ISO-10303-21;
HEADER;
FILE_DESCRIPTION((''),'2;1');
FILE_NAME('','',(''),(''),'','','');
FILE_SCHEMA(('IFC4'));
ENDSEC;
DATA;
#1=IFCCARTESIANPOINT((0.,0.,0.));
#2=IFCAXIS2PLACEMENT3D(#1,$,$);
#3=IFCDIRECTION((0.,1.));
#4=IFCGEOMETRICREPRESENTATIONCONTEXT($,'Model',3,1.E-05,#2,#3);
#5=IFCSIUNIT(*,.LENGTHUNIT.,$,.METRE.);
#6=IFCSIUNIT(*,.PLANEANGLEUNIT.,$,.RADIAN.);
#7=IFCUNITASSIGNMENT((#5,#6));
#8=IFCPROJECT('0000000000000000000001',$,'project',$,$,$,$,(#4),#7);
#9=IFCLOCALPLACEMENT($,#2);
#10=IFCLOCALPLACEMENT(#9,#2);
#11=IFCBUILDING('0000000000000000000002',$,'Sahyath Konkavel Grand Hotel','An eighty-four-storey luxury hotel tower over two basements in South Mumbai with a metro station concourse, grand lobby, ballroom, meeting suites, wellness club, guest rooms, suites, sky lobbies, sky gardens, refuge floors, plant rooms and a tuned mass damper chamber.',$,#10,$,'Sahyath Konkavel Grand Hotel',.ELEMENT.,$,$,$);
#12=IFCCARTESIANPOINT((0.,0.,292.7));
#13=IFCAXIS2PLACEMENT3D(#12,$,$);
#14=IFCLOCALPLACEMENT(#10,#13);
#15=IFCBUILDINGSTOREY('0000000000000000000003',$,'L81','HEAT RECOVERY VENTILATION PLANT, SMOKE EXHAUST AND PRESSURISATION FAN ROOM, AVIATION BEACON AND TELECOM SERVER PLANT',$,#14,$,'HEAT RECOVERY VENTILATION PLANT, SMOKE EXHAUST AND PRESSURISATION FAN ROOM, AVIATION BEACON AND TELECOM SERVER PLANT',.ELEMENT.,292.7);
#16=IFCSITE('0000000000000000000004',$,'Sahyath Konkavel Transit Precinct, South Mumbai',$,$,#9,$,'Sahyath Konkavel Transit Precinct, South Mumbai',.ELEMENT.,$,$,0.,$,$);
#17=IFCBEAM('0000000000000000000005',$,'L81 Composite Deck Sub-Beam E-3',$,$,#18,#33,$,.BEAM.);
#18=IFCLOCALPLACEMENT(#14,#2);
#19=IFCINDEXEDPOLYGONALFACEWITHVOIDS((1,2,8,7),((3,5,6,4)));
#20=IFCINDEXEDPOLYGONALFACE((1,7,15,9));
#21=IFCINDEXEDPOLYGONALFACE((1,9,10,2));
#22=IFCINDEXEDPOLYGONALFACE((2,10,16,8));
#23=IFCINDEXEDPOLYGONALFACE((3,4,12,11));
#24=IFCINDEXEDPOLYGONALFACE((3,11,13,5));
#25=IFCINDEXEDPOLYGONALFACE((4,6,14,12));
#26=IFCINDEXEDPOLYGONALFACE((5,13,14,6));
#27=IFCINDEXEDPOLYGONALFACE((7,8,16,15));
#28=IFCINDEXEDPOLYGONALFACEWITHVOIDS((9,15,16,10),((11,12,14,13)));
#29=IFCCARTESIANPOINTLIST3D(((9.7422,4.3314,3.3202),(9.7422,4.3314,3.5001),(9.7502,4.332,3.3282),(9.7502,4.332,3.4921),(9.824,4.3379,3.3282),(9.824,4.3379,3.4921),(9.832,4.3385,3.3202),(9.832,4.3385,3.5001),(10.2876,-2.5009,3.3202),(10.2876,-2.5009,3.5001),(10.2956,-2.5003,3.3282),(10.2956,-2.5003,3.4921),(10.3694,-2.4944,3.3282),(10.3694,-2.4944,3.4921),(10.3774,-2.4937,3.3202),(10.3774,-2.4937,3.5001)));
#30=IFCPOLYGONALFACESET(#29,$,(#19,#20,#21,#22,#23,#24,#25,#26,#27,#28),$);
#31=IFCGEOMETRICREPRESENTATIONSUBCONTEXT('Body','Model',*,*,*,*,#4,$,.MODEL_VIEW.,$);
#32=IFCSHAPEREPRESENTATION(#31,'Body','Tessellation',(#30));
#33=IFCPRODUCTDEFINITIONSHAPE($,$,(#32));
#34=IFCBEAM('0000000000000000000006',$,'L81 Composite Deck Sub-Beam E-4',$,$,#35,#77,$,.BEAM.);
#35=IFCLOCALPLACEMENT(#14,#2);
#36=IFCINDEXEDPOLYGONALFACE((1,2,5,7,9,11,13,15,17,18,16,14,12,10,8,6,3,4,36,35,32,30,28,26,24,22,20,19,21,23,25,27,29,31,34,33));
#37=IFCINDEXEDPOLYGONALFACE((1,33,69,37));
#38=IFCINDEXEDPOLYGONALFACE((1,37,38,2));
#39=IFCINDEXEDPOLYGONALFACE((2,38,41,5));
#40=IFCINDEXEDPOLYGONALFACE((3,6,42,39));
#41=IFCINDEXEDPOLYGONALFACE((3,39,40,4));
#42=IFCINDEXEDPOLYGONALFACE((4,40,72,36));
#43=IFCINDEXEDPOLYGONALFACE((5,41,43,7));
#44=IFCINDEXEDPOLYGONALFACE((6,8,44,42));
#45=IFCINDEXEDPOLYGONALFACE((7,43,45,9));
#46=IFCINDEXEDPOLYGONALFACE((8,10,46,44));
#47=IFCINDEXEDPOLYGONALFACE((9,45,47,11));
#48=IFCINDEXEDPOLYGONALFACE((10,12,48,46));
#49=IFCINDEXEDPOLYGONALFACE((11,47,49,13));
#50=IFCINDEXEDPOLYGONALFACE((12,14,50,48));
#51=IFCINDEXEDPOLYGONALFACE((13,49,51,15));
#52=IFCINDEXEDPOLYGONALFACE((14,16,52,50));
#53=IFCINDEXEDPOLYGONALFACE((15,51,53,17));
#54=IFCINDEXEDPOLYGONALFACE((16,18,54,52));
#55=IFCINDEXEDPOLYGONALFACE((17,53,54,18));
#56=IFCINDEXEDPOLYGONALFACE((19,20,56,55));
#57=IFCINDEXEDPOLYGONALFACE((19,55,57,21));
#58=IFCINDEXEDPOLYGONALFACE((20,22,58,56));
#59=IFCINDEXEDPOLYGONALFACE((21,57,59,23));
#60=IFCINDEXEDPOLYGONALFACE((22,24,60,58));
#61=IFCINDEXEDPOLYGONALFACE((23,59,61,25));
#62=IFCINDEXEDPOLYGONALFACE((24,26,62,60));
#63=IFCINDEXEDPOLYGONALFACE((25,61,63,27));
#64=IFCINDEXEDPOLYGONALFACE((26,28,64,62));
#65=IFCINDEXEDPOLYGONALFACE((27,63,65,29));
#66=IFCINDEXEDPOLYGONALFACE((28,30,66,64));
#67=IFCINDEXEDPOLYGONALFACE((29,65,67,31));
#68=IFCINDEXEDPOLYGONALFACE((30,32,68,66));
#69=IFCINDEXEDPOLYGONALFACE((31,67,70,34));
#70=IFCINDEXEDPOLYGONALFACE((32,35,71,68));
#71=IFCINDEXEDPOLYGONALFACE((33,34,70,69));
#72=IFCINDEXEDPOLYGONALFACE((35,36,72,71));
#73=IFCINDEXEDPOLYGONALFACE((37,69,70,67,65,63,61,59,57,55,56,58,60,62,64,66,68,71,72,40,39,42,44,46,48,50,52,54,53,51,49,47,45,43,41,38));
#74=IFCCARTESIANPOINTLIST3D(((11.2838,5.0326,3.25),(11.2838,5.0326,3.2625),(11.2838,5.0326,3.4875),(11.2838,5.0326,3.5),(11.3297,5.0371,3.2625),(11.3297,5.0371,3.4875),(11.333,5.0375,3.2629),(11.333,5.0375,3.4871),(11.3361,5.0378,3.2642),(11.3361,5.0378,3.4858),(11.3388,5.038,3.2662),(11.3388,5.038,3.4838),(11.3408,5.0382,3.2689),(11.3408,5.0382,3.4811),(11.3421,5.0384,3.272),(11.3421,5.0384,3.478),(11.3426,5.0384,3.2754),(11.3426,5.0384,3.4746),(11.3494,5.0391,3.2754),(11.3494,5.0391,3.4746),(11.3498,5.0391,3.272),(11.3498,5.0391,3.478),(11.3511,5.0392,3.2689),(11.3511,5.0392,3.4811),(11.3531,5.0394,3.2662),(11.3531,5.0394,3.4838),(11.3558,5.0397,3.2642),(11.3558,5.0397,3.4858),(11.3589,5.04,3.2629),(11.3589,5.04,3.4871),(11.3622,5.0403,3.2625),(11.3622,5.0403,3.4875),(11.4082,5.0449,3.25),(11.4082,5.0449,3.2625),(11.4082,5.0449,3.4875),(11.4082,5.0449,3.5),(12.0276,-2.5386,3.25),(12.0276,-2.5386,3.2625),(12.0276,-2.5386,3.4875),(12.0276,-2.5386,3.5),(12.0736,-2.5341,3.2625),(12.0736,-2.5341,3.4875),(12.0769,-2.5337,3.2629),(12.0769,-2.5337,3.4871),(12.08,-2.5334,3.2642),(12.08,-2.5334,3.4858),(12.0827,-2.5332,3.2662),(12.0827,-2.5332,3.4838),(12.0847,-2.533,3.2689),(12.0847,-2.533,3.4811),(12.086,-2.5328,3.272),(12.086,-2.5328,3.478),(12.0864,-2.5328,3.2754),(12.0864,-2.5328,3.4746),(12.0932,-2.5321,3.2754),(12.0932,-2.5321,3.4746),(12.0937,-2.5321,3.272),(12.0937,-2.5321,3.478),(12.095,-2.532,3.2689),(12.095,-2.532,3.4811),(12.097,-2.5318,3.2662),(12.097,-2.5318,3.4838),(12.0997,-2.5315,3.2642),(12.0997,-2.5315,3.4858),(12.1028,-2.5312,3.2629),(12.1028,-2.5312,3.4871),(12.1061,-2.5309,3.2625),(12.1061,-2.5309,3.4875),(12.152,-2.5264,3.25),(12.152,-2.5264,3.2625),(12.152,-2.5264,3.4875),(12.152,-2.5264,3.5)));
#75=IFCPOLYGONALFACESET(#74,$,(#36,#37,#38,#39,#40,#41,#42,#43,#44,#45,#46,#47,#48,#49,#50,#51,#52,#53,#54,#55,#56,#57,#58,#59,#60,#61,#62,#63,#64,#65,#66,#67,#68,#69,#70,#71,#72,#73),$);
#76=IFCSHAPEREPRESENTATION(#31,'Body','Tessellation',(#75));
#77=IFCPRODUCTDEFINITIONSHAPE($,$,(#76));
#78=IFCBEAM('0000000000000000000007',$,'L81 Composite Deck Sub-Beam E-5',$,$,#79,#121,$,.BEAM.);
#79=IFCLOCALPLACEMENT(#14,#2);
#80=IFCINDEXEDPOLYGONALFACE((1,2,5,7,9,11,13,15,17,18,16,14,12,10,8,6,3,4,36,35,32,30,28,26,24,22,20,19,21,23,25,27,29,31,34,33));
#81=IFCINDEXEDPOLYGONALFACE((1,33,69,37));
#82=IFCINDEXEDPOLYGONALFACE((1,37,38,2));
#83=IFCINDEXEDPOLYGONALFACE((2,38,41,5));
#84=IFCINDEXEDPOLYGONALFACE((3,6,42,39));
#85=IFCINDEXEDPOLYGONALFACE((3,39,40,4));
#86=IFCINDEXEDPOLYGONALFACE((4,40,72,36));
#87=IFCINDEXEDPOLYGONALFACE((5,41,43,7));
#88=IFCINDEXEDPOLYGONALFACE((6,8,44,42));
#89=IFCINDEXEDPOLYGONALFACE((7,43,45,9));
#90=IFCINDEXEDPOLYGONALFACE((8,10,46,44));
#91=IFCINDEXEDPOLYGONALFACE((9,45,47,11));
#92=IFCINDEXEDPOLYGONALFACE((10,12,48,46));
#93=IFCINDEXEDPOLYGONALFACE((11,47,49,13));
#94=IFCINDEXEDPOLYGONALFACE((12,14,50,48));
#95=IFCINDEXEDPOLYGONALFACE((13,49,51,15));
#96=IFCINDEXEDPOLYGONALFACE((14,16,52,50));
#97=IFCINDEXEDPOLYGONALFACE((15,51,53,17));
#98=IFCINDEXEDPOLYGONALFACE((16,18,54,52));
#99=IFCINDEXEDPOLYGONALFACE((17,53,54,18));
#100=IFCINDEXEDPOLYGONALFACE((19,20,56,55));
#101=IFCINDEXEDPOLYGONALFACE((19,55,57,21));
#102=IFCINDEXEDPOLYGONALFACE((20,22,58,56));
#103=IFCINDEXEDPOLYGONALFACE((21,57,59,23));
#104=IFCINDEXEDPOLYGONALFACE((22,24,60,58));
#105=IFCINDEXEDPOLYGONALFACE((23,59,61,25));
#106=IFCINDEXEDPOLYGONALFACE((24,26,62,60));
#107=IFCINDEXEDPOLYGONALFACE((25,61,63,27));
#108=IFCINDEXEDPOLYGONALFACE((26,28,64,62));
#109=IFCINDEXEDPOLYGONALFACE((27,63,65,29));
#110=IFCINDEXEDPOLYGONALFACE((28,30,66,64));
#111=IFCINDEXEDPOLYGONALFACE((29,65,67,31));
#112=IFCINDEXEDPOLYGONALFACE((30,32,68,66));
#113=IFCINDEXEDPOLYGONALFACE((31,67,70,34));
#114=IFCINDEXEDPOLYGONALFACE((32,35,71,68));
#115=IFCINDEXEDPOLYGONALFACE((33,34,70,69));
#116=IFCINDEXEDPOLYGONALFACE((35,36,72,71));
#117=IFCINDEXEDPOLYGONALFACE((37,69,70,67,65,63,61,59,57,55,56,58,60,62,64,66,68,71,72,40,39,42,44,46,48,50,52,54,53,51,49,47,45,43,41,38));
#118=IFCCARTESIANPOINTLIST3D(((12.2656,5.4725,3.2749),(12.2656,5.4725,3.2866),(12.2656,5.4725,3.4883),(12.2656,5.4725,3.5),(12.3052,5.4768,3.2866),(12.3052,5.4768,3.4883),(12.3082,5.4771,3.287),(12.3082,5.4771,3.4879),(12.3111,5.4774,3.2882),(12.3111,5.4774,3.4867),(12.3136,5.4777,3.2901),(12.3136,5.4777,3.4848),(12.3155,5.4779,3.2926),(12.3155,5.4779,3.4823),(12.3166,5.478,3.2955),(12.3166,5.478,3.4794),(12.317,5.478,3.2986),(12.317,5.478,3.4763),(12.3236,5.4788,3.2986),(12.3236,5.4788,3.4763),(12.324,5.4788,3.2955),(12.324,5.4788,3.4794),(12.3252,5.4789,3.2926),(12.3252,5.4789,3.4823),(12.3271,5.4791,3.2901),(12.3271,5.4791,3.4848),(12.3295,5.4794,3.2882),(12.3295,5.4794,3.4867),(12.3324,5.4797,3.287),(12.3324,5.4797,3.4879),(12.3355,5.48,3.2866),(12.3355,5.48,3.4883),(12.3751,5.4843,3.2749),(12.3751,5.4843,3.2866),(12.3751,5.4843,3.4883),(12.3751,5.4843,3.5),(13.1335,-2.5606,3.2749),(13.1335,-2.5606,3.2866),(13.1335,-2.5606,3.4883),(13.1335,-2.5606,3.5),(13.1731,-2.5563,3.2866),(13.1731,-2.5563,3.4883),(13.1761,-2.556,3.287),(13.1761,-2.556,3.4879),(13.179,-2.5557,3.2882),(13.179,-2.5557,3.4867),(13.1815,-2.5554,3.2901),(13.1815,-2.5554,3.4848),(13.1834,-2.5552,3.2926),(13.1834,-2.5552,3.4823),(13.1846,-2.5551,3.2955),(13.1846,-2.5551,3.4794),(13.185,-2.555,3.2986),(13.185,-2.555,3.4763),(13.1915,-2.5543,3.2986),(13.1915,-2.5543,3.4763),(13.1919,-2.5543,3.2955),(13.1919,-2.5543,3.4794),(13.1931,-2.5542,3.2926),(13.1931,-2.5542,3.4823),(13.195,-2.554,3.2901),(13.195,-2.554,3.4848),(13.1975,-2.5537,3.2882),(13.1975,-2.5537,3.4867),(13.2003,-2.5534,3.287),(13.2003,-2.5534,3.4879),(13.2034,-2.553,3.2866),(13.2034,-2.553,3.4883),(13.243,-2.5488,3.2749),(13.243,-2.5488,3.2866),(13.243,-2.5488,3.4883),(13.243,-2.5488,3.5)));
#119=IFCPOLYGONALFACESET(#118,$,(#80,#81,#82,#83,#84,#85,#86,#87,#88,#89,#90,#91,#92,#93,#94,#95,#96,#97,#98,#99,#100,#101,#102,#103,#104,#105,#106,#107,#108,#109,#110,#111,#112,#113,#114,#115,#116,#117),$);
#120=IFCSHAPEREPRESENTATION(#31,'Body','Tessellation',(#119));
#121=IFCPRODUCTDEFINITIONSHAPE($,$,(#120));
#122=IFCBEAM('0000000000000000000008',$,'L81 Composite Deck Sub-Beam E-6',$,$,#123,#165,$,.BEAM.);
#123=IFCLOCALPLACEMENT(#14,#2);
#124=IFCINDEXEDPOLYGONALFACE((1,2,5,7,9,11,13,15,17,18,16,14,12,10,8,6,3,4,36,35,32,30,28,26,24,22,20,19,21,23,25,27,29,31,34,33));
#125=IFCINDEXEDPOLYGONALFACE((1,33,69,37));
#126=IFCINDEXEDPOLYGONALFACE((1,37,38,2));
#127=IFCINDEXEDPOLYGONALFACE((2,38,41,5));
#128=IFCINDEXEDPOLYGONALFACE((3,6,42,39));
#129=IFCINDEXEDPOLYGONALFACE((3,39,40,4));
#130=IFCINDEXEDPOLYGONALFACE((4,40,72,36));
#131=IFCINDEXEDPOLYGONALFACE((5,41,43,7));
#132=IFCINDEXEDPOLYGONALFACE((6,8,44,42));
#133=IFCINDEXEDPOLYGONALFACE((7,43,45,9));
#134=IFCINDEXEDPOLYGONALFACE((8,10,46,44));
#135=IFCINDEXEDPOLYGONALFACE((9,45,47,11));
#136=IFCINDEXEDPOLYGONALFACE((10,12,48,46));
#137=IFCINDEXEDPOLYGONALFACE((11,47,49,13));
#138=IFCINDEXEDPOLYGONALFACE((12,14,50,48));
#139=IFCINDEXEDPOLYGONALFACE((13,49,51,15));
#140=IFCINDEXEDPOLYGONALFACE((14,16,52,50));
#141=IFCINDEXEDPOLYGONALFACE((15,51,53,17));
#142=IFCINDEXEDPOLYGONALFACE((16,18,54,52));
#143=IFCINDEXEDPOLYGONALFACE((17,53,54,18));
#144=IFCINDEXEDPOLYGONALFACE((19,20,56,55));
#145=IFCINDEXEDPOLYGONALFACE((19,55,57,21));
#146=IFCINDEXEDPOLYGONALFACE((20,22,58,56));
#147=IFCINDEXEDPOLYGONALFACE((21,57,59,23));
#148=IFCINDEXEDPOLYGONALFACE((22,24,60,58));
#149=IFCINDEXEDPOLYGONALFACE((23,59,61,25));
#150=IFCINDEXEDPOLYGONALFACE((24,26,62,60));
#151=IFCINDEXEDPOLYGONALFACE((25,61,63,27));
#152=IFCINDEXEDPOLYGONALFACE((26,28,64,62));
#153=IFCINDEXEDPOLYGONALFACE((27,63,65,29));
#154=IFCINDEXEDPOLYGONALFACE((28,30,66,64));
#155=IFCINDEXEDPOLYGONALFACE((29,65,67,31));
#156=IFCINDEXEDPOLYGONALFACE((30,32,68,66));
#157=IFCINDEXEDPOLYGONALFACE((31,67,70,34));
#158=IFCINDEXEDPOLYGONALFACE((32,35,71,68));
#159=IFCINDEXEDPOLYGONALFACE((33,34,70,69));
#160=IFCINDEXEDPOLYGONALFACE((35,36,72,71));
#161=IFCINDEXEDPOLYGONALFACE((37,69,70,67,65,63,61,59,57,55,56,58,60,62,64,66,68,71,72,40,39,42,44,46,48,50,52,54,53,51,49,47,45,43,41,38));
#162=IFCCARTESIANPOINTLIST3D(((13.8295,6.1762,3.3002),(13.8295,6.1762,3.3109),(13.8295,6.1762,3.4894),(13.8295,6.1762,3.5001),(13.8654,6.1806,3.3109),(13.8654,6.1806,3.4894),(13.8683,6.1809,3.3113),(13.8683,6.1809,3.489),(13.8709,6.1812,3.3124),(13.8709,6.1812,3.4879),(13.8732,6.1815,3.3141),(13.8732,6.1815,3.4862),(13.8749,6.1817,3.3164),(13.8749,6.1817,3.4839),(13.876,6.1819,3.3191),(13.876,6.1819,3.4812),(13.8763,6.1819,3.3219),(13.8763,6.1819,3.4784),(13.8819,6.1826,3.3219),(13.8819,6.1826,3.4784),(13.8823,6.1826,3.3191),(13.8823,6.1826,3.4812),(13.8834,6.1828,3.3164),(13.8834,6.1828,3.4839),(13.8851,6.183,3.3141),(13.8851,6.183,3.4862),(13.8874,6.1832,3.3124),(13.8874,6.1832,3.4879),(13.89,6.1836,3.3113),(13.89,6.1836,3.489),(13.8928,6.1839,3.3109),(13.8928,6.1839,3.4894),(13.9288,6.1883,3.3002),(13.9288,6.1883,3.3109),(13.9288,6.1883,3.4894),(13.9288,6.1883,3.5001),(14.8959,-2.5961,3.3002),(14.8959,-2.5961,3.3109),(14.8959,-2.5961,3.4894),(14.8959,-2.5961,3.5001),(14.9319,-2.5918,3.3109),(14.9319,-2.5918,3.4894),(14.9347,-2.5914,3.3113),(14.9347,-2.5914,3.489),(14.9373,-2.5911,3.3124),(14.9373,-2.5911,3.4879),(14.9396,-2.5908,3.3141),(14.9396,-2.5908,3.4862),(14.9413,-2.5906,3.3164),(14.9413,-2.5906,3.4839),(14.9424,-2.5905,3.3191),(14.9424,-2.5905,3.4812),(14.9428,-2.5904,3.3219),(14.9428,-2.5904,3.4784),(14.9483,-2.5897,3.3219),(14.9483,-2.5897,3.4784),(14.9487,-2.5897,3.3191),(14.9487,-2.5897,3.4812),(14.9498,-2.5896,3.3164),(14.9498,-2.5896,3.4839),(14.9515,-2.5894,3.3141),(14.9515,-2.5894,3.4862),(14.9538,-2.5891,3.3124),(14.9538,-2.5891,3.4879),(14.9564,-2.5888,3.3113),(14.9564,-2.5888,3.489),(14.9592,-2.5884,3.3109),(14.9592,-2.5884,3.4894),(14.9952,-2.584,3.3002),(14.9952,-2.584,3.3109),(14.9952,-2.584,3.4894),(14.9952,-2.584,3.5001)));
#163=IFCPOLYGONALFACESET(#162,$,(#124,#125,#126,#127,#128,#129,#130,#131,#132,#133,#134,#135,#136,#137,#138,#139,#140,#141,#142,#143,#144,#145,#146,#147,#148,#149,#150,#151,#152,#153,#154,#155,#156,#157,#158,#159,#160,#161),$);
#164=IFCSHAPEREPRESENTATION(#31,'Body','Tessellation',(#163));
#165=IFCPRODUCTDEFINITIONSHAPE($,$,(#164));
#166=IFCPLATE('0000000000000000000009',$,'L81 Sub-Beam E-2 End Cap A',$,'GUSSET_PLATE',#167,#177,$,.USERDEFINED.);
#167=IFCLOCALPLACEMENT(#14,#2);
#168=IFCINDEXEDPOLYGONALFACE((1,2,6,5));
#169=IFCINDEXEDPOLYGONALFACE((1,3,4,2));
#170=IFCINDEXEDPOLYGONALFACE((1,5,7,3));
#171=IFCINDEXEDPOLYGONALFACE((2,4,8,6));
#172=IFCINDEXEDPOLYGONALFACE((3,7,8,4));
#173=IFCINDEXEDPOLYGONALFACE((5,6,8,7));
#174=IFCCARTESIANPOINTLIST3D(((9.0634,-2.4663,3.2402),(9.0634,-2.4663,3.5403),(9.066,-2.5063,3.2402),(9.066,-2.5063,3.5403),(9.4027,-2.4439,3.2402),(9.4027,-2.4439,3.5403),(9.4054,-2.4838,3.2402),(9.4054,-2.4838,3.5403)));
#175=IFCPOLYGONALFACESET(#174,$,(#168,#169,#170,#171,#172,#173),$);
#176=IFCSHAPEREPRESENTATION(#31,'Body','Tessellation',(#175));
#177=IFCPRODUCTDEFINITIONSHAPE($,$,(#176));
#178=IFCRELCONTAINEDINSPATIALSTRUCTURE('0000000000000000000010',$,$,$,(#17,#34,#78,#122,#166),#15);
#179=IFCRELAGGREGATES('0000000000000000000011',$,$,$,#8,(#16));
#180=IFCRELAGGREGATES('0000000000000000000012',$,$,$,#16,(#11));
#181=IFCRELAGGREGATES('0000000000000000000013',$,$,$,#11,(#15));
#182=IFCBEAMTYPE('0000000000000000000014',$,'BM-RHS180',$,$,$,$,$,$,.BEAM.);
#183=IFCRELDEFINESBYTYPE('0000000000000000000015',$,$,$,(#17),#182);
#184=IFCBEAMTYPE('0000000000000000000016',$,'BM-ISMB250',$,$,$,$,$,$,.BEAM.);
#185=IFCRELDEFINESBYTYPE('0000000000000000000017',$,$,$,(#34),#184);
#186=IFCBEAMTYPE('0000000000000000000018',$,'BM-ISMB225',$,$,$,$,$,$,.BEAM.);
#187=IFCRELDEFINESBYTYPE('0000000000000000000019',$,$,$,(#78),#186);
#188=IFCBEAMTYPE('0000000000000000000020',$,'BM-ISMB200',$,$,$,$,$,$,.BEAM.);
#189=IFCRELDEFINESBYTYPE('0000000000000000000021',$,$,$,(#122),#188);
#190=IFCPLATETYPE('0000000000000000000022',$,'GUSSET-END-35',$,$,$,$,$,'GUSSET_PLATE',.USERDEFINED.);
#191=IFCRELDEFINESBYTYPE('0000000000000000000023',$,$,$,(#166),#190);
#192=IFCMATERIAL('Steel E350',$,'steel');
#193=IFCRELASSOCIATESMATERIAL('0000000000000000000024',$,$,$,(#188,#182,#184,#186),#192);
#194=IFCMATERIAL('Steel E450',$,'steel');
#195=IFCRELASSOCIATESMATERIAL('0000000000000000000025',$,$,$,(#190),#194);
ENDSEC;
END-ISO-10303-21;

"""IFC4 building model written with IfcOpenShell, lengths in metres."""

from ifc_helpers import new_model, si_unit, direction, frame, origin, origin_2d, place, context, subcontext, project, spatial, rectangle, hollow_rectangle, i_section, extrude, source, transform, mapped, material, material_profile, profile_set, type_object, element, save


model = new_model("IFC4")

# Units and contexts
model_context = context("Model", 3, precision=1e-05, world=origin(), true_north=direction((0.0, 1.0)))
body_context = subcontext(model_context, "Body", "Model", "MODEL_VIEW")
ifc_project = project(units=[si_unit("LENGTHUNIT", "METRE"), si_unit("PLANEANGLEUNIT", "RADIAN")], contexts=[model_context])

# Site, building, storey
site_placement = place(None, origin())
site = spatial("IfcSite", under=ifc_project, at=site_placement, Name="Sahyath Konkavel Transit Precinct, South Mumbai", LongName="Sahyath Konkavel Transit Precinct, South Mumbai", CompositionType="ELEMENT", RefElevation=0.0)
building_placement = place(site_placement, origin())
building = spatial("IfcBuilding", under=site, at=building_placement, Name="Sahyath Konkavel Grand Hotel", Description="An eighty-four-storey luxury hotel tower over two basements in South Mumbai with a metro station concourse, grand lobby, ballroom, meeting suites, wellness club, guest rooms, suites, sky lobbies, sky gardens, refuge floors, plant rooms and a tuned mass damper chamber.", LongName="Sahyath Konkavel Grand Hotel", CompositionType="ELEMENT")
storey_placement = place(building_placement, frame((0.0, 0.0, 292.7)))
storey = spatial("IfcBuildingStorey", under=building, at=storey_placement, Name="L81", Description="HEAT RECOVERY VENTILATION PLANT, SMOKE EXHAUST AND PRESSURISATION FAN ROOM, AVIATION BEACON AND TELECOM SERVER PLANT", LongName="HEAT RECOVERY VENTILATION PLANT, SMOKE EXHAUST AND PRESSURISATION FAN ROOM, AVIATION BEACON AND TELECOM SERVER PLANT", CompositionType="ELEMENT", Elevation=292.7)

# Beams
ifc_material_1 = material(Name="Steel E350", Category="steel")
ifc_material_profile_1 = material_profile(ifc_material_1, i_section(OverallWidth=0.1001, OverallDepth=0.2, WebThickness=0.0056, FlangeThickness=0.0107, FilletRadius=0.011, at=origin_2d()), Name="ISMB 200")
ifc_profile_set_1 = profile_set([ifc_material_profile_1], Name="Steel E350")
beam_type_1 = type_object("IfcBeamType", Name="BM-ISMB200", PredefinedType="BEAM", material=ifc_profile_set_1)
ifc_material_profile_2 = material_profile(ifc_material_1, hollow_rectangle(XDim=0.0901, YDim=0.1799, WallThickness=0.0081, at=origin_2d()), Name="RHS 180x90x8")
ifc_profile_set_2 = profile_set([ifc_material_profile_2], Name="Steel E350")
beam_type_2 = type_object("IfcBeamType", Name="BM-RHS180", PredefinedType="BEAM", material=ifc_profile_set_2)
shared_shape_1 = source(origin(), body_context, "Body", "SweptSolid", [
    extrude(hollow_rectangle(XDim=0.0901, YDim=0.1799, WallThickness=0.0081, at=origin_2d()), origin(), (0.0, 0.0, 1.0), 6.854),
])
beam_1_placement = place(storey_placement, frame((10.3325, -2.4973, 3.4102), z_axis=(-0.079575, 0.996829, 0.0), x_axis=(-0.996829, -0.079575, 0.0)))
element("IfcBeam", 1, at=beam_1_placement, inside=storey, type_object=beam_type_2, Name="L81 Composite Deck Sub-Beam E-3", PredefinedType="BEAM", context=body_context, shape_type="MappedRepresentation", body=[
    mapped(shared_shape_1, transform((0.0, 0.0, 0.0), scale=1.0)),
])
ifc_material_profile_3 = material_profile(ifc_material_1, i_section(OverallWidth=0.125, OverallDepth=0.25, WebThickness=0.0068, FlangeThickness=0.0125, FilletRadius=0.0129, at=origin_2d()), Name="ISMB 250")
ifc_profile_set_3 = profile_set([ifc_material_profile_3], Name="Steel E350")
beam_type_3 = type_object("IfcBeamType", Name="BM-ISMB250", PredefinedType="BEAM", material=ifc_profile_set_3)
shared_shape_2 = source(origin(), body_context, "Body", "SweptSolid", [
    extrude(i_section(OverallWidth=0.125, OverallDepth=0.25, WebThickness=0.0068, FlangeThickness=0.0125, FilletRadius=0.0129, at=origin_2d()), origin(), (0.0, 0.0, 1.0), 7.6077),
])
beam_2_placement = place(storey_placement, frame((12.0898, -2.5325, 3.375), z_axis=(-0.097781, 0.995208, 0.0), x_axis=(-0.995208, -0.097781, 0.0)))
element("IfcBeam", 2, at=beam_2_placement, inside=storey, type_object=beam_type_3, Name="L81 Composite Deck Sub-Beam E-4", PredefinedType="BEAM", context=body_context, shape_type="MappedRepresentation", body=[
    mapped(shared_shape_2, transform((0.0, 0.0, 0.0), scale=1.0)),
])
ifc_material_profile_4 = material_profile(ifc_material_1, i_section(OverallWidth=0.1101, OverallDepth=0.2251, WebThickness=0.0066, FlangeThickness=0.0117, FilletRadius=0.012, at=origin_2d()), Name="ISMB 225")
ifc_profile_set_4 = profile_set([ifc_material_profile_4], Name="Steel E350")
beam_type_4 = type_object("IfcBeamType", Name="BM-ISMB225", PredefinedType="BEAM", material=ifc_profile_set_4)
shared_shape_3 = source(origin(), body_context, "Body", "SweptSolid", [
    extrude(i_section(OverallWidth=0.1101, OverallDepth=0.2251, WebThickness=0.0066, FlangeThickness=0.0117, FilletRadius=0.012, at=origin_2d()), origin(), (0.0, 0.0, 1.0), 8.0798),
])
beam_3_placement = place(storey_placement, frame((13.1882, -2.5547, 3.3875), z_axis=(-0.107416, 0.994214, 0.0), x_axis=(-0.994214, -0.107416, 0.0)))
element("IfcBeam", 3, at=beam_3_placement, inside=storey, type_object=beam_type_4, Name="L81 Composite Deck Sub-Beam E-5", PredefinedType="BEAM", context=body_context, shape_type="MappedRepresentation", body=[
    mapped(shared_shape_3, transform((0.0, 0.0, 0.0), scale=1.0)),
])
shared_shape_4 = source(origin(), body_context, "Body", "SweptSolid", [
    extrude(i_section(OverallWidth=0.1001, OverallDepth=0.2, WebThickness=0.0056, FlangeThickness=0.0107, FilletRadius=0.011, at=origin_2d()), origin(), (0.0, 0.0, 1.0), 8.8369),
])
beam_4_placement = place(storey_placement, frame((14.9456, -2.5901, 3.4001), z_axis=(-0.120678, 0.992692, 0.0), x_axis=(-0.992692, -0.120678, 0.0)))
element("IfcBeam", 4, at=beam_4_placement, inside=storey, type_object=beam_type_1, Name="L81 Composite Deck Sub-Beam E-6", PredefinedType="BEAM", context=body_context, shape_type="MappedRepresentation", body=[
    mapped(shared_shape_4, transform((0.0, 0.0, 0.0), scale=1.0)),
])

# Plate
ifc_material_2 = material(Name="Steel E450", Category="steel")
plate_type_1 = type_object("IfcPlateType", Name="GUSSET-END-35", ElementType="GUSSET_PLATE", PredefinedType="USERDEFINED", material=ifc_material_2)
shared_shape_5 = source(origin(), body_context, "Body", "SweptSolid", [
    extrude(rectangle(XDim=0.04, YDim=0.3401, at=origin_2d()), origin(), (0.0, 0.0, 1.0), 0.3),
])
plate_placement = place(storey_placement, frame((9.2344, -2.4751, 3.2402), z_axis=(0.0, 0.0, 1.0), x_axis=(-0.06603, 0.997818, 0.0)))
element("IfcPlate", 5, at=plate_placement, inside=storey, type_object=plate_type_1, Name="L81 Sub-Beam E-2 End Cap A", ObjectType="GUSSET_PLATE", PredefinedType="USERDEFINED", context=body_context, shape_type="MappedRepresentation", body=[
    mapped(shared_shape_5, transform((0.0, 0.0, 0.0), scale=1.0)),
])

save(model, "model.ifc")
